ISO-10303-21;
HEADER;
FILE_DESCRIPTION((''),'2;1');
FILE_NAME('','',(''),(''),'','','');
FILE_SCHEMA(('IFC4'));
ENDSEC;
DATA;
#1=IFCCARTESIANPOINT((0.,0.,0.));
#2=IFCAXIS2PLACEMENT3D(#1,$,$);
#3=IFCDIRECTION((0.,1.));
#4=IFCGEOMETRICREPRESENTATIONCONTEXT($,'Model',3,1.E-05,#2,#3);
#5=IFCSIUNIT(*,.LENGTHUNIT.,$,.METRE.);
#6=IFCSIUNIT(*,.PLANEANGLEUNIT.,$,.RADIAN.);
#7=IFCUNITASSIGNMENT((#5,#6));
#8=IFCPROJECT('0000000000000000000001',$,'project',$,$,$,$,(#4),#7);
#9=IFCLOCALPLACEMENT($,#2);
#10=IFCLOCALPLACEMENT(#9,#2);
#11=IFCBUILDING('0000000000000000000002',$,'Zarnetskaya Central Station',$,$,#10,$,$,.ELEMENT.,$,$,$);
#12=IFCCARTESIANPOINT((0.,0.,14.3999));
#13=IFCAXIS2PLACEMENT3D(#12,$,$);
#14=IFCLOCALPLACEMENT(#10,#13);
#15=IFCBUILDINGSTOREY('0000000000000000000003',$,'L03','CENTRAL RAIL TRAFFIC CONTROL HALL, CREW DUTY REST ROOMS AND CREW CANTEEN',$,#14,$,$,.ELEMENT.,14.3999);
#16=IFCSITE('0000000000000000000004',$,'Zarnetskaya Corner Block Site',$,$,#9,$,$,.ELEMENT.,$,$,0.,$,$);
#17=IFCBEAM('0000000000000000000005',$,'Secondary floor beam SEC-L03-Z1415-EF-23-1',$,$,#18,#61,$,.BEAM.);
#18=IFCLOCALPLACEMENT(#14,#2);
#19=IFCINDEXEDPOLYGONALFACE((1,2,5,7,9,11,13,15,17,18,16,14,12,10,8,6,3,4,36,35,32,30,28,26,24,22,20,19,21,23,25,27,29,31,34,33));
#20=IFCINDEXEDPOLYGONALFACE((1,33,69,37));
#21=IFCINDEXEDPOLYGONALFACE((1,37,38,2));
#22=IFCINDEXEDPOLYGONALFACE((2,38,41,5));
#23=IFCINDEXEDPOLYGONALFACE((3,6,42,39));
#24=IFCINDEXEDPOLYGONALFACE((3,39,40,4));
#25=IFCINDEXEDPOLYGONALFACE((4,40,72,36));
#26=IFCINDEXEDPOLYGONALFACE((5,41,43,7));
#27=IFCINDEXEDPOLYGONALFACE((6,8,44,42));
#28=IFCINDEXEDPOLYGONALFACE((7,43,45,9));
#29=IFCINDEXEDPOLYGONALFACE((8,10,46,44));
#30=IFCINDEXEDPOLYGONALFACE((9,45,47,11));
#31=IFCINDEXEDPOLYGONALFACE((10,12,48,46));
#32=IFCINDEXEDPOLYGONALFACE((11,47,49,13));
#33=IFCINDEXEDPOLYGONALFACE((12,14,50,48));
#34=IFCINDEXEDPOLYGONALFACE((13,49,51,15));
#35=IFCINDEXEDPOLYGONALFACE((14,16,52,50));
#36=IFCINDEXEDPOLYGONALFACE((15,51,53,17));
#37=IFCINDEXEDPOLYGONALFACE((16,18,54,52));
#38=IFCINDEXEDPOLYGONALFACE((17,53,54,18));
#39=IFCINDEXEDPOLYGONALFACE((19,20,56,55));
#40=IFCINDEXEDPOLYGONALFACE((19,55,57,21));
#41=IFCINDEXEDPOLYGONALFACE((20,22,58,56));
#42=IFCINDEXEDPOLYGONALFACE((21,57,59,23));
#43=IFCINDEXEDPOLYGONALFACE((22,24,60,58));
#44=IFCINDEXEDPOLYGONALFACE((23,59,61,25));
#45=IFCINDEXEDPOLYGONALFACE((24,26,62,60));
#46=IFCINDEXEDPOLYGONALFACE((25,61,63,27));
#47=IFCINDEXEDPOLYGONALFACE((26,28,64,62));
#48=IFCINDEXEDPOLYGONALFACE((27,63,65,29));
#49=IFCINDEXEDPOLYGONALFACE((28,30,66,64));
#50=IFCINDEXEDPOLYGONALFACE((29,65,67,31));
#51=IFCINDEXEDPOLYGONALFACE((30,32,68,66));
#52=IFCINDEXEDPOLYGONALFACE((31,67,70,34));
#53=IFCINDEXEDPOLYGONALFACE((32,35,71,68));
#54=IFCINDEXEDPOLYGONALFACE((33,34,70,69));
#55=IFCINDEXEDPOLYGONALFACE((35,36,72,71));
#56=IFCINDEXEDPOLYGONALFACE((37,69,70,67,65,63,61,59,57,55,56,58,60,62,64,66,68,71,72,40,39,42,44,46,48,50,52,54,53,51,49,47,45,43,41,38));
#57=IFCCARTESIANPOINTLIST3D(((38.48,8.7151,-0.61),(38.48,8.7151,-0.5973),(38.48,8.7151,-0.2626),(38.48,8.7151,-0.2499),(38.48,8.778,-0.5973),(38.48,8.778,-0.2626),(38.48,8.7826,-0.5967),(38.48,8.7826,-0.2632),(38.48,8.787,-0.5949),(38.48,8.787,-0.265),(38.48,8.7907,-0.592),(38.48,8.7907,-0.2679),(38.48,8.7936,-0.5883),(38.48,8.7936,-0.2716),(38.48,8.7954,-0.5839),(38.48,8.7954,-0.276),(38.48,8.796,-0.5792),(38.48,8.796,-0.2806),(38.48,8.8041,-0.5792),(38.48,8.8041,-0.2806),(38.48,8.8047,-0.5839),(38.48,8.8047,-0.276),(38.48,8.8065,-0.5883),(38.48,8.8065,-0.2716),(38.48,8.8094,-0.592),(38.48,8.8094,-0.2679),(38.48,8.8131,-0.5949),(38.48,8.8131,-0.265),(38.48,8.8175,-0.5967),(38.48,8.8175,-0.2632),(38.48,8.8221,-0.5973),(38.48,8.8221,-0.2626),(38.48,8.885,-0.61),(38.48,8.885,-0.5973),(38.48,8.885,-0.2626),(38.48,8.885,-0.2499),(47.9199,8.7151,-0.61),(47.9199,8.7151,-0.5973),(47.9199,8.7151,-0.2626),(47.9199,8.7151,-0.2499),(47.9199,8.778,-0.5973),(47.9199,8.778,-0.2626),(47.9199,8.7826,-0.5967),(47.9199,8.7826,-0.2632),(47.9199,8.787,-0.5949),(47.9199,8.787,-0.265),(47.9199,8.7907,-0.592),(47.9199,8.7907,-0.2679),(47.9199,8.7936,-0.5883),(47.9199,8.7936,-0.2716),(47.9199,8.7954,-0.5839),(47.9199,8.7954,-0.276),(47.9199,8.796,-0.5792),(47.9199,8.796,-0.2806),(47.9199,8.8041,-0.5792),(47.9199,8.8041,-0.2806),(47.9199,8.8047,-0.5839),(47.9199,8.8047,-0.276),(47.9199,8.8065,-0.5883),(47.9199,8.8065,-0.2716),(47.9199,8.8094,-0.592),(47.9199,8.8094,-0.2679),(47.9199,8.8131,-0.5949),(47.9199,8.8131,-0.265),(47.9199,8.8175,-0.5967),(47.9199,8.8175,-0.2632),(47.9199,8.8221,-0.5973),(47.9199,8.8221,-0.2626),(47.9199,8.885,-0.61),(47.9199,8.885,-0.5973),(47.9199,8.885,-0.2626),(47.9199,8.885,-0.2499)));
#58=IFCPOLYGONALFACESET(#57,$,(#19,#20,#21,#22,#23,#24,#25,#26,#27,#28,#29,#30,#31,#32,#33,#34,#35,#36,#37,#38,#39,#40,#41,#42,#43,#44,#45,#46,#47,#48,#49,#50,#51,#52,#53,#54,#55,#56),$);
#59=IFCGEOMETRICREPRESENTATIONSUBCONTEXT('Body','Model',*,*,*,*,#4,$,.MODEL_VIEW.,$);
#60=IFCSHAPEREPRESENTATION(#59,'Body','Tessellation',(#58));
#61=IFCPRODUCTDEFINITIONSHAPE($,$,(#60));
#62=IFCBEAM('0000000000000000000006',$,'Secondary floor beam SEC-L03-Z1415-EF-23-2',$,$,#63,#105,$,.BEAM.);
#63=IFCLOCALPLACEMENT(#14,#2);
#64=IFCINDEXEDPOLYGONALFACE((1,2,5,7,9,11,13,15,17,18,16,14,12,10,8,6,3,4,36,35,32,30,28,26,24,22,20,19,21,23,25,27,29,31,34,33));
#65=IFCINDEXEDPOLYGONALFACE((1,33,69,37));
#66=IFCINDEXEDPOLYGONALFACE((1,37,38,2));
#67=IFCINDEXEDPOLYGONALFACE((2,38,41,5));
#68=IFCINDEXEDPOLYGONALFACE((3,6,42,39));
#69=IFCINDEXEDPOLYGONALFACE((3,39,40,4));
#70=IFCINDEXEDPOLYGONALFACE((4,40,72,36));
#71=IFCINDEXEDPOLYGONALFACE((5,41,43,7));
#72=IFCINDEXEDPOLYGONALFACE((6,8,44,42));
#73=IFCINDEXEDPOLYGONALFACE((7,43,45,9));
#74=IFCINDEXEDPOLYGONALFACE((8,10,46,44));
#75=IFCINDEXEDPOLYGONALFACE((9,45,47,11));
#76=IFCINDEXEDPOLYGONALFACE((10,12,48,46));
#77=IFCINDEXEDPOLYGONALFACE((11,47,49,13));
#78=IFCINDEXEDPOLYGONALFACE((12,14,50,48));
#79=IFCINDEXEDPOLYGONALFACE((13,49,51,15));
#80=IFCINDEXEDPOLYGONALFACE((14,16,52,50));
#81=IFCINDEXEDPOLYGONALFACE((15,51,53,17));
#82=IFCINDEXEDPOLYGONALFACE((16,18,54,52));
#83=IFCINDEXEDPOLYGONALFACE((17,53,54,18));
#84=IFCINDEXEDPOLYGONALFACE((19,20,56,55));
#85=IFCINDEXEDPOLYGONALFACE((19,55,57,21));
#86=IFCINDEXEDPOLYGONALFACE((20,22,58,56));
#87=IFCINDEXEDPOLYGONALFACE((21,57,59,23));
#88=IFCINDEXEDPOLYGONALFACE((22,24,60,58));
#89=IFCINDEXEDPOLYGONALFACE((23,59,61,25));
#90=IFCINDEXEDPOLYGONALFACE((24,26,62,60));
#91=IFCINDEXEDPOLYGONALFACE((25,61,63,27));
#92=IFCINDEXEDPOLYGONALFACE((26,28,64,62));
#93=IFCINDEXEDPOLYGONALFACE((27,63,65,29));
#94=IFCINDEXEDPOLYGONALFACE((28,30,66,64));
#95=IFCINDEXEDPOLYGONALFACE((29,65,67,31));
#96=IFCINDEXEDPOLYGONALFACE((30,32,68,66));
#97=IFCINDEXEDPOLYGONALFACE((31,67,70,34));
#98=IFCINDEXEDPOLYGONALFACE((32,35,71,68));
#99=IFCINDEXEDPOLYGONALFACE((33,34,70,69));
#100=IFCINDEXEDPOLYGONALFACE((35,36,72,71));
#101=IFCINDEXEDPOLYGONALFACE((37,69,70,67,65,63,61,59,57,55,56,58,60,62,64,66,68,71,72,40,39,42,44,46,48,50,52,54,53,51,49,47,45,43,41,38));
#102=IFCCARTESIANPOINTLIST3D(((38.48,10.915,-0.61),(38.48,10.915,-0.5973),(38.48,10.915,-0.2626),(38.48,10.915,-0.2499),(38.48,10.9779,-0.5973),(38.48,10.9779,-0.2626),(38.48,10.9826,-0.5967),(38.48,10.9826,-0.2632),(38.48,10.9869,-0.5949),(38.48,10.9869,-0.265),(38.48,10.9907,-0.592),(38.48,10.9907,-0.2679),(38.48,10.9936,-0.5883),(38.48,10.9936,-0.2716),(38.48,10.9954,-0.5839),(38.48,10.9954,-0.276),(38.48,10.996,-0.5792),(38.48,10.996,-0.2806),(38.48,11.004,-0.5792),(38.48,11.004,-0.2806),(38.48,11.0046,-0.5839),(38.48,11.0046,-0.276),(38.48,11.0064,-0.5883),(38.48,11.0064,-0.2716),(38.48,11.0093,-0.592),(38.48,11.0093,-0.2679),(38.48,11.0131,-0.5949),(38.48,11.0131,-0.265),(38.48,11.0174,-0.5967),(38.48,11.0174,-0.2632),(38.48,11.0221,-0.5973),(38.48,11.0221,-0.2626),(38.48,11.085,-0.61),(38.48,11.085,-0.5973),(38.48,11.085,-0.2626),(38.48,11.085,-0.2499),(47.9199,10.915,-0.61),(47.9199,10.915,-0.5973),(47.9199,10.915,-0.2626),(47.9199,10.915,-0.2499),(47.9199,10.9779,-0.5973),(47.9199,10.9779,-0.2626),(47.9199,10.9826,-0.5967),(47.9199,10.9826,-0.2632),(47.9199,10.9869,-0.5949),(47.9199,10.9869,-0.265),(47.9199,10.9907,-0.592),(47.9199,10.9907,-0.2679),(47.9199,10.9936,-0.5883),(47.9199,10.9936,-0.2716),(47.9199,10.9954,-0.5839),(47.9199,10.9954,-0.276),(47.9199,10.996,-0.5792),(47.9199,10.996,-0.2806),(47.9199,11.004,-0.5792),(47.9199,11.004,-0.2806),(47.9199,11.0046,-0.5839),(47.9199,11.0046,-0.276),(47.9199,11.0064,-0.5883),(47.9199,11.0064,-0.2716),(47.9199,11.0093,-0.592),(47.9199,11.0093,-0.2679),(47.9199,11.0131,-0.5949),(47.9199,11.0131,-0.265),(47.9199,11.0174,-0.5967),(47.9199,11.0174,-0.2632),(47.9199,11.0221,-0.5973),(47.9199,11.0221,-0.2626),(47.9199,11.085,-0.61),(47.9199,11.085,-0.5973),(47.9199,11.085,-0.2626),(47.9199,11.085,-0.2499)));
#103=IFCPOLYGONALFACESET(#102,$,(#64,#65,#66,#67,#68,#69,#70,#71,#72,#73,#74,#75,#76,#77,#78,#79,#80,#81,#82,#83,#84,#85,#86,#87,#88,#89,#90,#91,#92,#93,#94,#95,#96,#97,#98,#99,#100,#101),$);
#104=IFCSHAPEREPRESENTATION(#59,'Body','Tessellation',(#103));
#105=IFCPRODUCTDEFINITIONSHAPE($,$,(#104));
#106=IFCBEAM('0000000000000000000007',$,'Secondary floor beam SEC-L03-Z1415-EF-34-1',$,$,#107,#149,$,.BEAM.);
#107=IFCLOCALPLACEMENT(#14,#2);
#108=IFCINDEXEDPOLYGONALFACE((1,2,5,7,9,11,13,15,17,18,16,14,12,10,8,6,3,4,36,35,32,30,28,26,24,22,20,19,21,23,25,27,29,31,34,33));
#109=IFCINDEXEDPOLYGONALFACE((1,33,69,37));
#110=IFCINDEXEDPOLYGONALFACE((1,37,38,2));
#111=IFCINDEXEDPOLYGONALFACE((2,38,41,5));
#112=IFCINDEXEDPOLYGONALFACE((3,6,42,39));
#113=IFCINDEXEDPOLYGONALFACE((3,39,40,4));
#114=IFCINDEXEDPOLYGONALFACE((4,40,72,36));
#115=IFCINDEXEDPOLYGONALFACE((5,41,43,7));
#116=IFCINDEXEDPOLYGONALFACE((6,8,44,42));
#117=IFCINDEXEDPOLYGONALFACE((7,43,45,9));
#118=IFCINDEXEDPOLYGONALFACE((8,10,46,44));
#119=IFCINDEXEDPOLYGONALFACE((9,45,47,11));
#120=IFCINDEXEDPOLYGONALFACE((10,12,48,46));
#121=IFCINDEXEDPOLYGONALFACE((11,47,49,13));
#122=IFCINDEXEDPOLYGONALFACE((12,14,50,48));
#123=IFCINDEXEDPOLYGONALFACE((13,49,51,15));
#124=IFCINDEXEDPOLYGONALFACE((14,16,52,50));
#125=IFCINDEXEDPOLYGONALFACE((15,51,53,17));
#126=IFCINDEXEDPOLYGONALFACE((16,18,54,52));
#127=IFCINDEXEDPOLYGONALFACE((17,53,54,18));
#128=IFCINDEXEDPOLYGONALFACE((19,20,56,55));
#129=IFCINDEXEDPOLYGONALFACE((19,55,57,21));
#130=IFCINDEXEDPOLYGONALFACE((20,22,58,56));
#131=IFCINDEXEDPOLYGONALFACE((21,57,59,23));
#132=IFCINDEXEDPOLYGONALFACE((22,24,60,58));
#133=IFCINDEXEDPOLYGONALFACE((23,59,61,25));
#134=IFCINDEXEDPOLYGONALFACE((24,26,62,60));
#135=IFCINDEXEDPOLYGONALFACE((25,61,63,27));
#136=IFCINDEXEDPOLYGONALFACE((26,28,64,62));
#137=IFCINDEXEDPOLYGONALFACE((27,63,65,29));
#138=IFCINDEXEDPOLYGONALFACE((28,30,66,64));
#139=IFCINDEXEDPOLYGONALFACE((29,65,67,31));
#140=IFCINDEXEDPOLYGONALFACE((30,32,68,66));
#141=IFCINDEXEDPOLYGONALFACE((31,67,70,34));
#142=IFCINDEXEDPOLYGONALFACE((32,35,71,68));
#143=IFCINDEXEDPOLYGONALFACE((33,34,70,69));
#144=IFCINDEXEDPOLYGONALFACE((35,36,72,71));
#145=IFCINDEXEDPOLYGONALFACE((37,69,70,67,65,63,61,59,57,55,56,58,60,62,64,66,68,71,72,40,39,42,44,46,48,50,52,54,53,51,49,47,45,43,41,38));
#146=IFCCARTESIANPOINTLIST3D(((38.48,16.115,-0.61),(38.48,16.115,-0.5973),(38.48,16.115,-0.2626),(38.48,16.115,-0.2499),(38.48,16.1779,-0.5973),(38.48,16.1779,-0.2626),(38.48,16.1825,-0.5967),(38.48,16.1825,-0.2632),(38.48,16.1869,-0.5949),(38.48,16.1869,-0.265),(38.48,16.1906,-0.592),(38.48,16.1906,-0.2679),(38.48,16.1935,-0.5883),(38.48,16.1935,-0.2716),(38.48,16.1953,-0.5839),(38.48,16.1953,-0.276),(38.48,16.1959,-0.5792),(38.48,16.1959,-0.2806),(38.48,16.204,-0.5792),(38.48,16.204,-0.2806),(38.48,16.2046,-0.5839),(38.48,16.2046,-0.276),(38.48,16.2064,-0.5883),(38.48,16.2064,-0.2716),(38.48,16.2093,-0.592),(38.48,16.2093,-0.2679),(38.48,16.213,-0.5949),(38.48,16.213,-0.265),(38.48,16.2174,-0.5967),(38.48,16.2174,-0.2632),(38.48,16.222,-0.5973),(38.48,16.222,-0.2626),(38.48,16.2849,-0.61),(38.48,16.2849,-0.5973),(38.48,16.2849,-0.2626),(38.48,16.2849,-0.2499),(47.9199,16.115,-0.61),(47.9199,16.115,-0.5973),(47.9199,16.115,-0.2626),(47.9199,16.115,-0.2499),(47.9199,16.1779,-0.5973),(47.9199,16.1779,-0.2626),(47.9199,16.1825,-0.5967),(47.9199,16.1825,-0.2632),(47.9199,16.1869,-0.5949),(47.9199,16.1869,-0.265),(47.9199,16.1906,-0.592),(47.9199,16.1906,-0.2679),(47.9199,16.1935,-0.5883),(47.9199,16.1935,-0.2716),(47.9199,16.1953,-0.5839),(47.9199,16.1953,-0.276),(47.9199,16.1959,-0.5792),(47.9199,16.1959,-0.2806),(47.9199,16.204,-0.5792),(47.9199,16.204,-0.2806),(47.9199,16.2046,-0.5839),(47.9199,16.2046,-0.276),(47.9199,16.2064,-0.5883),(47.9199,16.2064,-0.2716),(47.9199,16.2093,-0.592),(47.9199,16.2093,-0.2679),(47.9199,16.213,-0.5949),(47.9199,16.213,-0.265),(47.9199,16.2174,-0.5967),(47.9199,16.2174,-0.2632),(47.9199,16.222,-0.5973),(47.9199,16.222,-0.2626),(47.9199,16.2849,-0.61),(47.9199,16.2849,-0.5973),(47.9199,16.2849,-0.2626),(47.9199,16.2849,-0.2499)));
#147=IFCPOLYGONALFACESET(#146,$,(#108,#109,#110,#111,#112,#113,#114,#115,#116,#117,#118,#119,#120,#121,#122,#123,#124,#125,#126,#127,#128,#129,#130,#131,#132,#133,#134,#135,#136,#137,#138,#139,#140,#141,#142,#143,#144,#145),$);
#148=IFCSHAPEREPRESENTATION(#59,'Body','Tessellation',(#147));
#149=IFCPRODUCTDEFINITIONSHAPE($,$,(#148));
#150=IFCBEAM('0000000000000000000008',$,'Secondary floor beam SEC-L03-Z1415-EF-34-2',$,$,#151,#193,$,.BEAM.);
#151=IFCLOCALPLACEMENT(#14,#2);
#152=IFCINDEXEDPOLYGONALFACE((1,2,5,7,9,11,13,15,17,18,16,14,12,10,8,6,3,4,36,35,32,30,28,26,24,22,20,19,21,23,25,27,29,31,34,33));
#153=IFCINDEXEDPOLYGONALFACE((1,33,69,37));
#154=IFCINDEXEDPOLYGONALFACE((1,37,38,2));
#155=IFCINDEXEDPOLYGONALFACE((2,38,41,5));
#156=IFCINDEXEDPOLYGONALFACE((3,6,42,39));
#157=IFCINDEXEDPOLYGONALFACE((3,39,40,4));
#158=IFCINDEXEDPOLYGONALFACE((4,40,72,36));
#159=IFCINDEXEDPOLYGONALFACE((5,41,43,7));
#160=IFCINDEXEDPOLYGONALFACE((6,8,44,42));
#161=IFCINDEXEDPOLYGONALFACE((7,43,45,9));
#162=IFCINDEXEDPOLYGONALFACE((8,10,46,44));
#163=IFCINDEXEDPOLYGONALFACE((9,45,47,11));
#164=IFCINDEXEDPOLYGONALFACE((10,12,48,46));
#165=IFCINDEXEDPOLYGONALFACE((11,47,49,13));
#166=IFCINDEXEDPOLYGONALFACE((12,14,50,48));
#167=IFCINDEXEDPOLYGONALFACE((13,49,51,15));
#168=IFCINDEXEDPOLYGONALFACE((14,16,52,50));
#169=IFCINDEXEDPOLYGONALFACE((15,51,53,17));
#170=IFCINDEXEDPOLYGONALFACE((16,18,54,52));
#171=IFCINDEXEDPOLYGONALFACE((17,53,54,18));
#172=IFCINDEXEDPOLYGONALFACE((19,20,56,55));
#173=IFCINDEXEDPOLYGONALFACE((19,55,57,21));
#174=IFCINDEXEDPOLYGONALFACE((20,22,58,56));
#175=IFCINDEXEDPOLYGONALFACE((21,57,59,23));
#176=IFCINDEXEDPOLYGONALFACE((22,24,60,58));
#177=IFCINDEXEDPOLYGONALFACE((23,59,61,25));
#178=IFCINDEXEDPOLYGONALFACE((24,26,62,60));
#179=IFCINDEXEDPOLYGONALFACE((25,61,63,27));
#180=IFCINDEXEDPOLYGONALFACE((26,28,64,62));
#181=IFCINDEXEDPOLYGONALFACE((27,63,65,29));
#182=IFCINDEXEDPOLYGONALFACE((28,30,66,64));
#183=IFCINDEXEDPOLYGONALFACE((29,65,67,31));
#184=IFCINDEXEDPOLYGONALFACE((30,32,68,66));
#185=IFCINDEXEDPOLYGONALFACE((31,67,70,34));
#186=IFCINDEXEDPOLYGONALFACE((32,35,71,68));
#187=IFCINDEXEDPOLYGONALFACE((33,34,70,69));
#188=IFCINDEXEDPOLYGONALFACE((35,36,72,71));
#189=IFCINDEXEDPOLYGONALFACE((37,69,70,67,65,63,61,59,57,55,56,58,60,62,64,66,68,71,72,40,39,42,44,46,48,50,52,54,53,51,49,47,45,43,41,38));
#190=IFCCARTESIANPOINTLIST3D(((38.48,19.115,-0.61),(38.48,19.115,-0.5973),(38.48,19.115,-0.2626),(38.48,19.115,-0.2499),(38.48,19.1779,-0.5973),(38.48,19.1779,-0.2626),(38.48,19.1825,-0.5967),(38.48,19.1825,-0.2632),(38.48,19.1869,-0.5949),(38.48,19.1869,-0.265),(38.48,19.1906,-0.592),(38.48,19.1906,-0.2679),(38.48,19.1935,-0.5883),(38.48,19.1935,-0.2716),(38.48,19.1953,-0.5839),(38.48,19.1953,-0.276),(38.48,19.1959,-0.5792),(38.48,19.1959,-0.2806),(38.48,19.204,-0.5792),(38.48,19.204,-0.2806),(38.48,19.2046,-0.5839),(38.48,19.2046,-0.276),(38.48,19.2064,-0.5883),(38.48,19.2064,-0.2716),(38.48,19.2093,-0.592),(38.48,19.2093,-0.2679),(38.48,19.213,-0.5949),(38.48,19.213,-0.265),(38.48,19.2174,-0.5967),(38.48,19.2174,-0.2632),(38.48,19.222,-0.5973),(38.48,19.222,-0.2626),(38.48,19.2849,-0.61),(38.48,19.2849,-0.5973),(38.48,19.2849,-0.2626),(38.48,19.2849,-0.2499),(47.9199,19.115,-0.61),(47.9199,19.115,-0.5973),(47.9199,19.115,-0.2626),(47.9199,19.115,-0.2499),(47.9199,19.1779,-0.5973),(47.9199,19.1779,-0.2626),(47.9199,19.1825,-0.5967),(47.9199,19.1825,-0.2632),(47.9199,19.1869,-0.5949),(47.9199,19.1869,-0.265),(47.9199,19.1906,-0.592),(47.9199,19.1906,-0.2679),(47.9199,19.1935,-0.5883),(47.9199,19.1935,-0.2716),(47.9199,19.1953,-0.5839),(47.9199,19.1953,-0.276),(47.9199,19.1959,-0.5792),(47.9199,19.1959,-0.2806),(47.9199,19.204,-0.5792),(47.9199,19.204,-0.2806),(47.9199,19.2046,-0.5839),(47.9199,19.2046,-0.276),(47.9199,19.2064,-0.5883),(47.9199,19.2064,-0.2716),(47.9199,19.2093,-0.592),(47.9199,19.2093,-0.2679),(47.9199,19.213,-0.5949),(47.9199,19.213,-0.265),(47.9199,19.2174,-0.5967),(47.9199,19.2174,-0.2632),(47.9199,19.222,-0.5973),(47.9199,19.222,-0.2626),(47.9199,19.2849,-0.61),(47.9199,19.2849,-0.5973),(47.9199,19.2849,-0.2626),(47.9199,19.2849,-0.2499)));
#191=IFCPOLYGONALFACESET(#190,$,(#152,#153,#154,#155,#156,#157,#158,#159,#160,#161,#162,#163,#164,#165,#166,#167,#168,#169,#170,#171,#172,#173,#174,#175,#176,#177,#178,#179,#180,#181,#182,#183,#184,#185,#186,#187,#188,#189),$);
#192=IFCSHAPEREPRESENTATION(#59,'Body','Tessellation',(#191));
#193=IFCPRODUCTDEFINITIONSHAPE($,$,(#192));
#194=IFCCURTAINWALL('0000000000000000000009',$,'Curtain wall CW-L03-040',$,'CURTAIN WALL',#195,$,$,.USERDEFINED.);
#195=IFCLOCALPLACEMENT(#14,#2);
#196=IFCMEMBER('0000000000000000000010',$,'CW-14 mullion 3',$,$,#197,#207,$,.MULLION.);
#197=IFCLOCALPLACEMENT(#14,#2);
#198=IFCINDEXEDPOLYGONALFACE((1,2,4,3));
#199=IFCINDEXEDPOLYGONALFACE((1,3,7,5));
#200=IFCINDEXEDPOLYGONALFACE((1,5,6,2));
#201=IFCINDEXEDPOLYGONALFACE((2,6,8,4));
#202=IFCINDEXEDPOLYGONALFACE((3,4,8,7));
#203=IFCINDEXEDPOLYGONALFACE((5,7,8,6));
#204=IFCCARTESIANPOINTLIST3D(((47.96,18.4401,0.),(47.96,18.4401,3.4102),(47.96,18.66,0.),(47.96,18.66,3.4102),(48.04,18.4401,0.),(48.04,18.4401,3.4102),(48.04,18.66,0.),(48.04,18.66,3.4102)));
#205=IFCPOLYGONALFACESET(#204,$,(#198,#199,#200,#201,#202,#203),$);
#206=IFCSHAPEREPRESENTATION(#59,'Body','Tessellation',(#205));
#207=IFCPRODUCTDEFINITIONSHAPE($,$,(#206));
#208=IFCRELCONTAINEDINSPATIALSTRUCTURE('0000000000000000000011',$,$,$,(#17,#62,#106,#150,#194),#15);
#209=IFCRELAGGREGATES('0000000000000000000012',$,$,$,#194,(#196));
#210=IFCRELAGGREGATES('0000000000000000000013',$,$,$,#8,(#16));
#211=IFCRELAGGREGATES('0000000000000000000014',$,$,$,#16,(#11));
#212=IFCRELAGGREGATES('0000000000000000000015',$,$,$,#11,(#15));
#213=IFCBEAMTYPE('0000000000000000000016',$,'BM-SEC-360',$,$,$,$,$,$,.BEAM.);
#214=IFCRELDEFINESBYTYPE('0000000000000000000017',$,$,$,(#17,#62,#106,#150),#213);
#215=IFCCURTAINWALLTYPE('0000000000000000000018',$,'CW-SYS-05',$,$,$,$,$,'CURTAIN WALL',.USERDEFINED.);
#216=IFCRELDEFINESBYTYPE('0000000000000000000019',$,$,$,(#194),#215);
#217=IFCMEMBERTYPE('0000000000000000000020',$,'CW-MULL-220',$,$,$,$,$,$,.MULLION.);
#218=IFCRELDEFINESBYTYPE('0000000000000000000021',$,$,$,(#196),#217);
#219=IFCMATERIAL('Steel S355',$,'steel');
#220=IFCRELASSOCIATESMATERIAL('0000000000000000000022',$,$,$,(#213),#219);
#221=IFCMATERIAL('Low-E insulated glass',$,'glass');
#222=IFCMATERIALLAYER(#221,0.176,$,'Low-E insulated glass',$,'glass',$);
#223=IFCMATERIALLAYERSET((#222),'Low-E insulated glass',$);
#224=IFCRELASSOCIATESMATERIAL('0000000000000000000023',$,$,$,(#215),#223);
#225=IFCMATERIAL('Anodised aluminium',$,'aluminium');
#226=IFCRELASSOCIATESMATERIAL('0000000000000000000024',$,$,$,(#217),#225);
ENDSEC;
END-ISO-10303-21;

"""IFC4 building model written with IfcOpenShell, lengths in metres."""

from ifc_helpers import new_model, si_unit, direction, frame, origin, origin_2d, place, context, subcontext, project, spatial, rectangle, i_section, extrude, material, layer, layer_set, material_profile, profile_set, type_object, element, aggregate, save


model = new_model("IFC4")

# Units and contexts
model_context = context("Model", 3, precision=1e-05, world=origin(), true_north=direction((0.0, 1.0)))
body_context = subcontext(model_context, "Body", "Model", "MODEL_VIEW")
ifc_project = project(units=[si_unit("LENGTHUNIT", "METRE"), si_unit("PLANEANGLEUNIT", "RADIAN")], contexts=[model_context])

# Site, building, storey
site_placement = place(None, origin())
site = spatial("IfcSite", under=ifc_project, at=site_placement, Name="Zarnetskaya Corner Block Site", CompositionType="ELEMENT", RefElevation=0.0)
building_placement = place(site_placement, origin())
building = spatial("IfcBuilding", under=site, at=building_placement, Name="Zarnetskaya Central Station", CompositionType="ELEMENT")
storey_placement = place(building_placement, frame((0.0, 0.0, 14.3999)))
storey = spatial("IfcBuildingStorey", under=building, at=storey_placement, Name="L03", Description="CENTRAL RAIL TRAFFIC CONTROL HALL, CREW DUTY REST ROOMS AND CREW CANTEEN", CompositionType="ELEMENT", Elevation=14.3999)

# Shared definitions
ifc_material_1 = material(Name="Steel S355", Category="steel")

# Beams
ifc_material_profile_1 = material_profile(ifc_material_1, i_section(OverallWidth=0.1699, OverallDepth=0.3601, WebThickness=0.0081, FlangeThickness=0.0127, FilletRadius=0.0181, at=origin_2d()), Name="IPE 360")
ifc_profile_set_1 = profile_set([ifc_material_profile_1], Name="Steel S355")
beam_type_1 = type_object("IfcBeamType", Name="BM-SEC-360", PredefinedType="BEAM", material=ifc_profile_set_1)
for number, where, z_axis, x_axis, name in (
    (1, (38.48, 8.8, -0.4299), (1.0, 0.0, 0.0), (0.0, 1.0, 0.0), "Secondary floor beam SEC-L03-Z1415-EF-23-1"),
    (2, (38.48, 11.0, -0.4299), (1.0, 0.0, 0.0), (0.0, 1.0, 0.0), "Secondary floor beam SEC-L03-Z1415-EF-23-2"),
    (3, (38.48, 16.2, -0.4299), (1.0, 0.0, 0.0), (0.0, 1.0, 0.0), "Secondary floor beam SEC-L03-Z1415-EF-34-1"),
    (4, (38.48, 19.2, -0.4299), (1.0, 0.0, 0.0), (0.0, 1.0, 0.0), "Secondary floor beam SEC-L03-Z1415-EF-34-2"),
):
    element("IfcBeam", number, at=place(storey_placement, frame(where, z_axis=z_axis, x_axis=x_axis)), inside=storey, type_object=beam_type_1, Name=name, PredefinedType="BEAM", context=body_context, shape_type="SweptSolid", body=[
        extrude(i_section(OverallWidth=0.1699, OverallDepth=0.3601, WebThickness=0.0081, FlangeThickness=0.0127, FilletRadius=0.0181, at=origin_2d()), origin(), (0.0, 0.0, 1.0), 9.4399),
    ])

# Curtain wall, member
ifc_material_2 = material(Name="Low-E insulated glass", Category="glass")
ifc_layer_1 = layer(ifc_material_2, 0.176, Name="Low-E insulated glass", Category="glass")
ifc_layer_set_1 = layer_set([ifc_layer_1], Name="Low-E insulated glass")
curtain_wall_type = type_object("IfcCurtainWallType", Name="CW-SYS-05", ElementType="CURTAIN WALL", PredefinedType="USERDEFINED", material=ifc_layer_set_1)
curtain_wall_placement = place(storey_placement, origin())
curtain_wall = element("IfcCurtainWall", 5, at=curtain_wall_placement, inside=storey, type_object=curtain_wall_type, Name="Curtain wall CW-L03-040", ObjectType="CURTAIN WALL", PredefinedType="USERDEFINED")
ifc_material_3 = material(Name="Anodised aluminium", Category="aluminium")
ifc_material_profile_2 = material_profile(ifc_material_3, rectangle(XDim=0.0801, YDim=0.22, at=origin_2d()), Name="ALU MULL 80x220")
ifc_profile_set_2 = profile_set([ifc_material_profile_2], Name="Anodised aluminium")
member_type_1 = type_object("IfcMemberType", Name="CW-MULL-220", PredefinedType="MULLION", material=ifc_profile_set_2)
member_1_placement = place(storey_placement, frame((48.0, 18.55, 0.0), z_axis=(0.0, 0.0, 1.0), x_axis=(1.0, 0.0, 0.0)))
member_1 = element("IfcMember", 6, at=member_1_placement, type_object=member_type_1, Name="CW-14 mullion 3", PredefinedType="MULLION", context=body_context, shape_type="SweptSolid", body=[
    extrude(rectangle(XDim=0.0801, YDim=0.22, at=origin_2d()), origin(), (0.0, 0.0, 1.0), 3.4102),
])

aggregate(curtain_wall, [member_1])

save(model, "model.ifc")
